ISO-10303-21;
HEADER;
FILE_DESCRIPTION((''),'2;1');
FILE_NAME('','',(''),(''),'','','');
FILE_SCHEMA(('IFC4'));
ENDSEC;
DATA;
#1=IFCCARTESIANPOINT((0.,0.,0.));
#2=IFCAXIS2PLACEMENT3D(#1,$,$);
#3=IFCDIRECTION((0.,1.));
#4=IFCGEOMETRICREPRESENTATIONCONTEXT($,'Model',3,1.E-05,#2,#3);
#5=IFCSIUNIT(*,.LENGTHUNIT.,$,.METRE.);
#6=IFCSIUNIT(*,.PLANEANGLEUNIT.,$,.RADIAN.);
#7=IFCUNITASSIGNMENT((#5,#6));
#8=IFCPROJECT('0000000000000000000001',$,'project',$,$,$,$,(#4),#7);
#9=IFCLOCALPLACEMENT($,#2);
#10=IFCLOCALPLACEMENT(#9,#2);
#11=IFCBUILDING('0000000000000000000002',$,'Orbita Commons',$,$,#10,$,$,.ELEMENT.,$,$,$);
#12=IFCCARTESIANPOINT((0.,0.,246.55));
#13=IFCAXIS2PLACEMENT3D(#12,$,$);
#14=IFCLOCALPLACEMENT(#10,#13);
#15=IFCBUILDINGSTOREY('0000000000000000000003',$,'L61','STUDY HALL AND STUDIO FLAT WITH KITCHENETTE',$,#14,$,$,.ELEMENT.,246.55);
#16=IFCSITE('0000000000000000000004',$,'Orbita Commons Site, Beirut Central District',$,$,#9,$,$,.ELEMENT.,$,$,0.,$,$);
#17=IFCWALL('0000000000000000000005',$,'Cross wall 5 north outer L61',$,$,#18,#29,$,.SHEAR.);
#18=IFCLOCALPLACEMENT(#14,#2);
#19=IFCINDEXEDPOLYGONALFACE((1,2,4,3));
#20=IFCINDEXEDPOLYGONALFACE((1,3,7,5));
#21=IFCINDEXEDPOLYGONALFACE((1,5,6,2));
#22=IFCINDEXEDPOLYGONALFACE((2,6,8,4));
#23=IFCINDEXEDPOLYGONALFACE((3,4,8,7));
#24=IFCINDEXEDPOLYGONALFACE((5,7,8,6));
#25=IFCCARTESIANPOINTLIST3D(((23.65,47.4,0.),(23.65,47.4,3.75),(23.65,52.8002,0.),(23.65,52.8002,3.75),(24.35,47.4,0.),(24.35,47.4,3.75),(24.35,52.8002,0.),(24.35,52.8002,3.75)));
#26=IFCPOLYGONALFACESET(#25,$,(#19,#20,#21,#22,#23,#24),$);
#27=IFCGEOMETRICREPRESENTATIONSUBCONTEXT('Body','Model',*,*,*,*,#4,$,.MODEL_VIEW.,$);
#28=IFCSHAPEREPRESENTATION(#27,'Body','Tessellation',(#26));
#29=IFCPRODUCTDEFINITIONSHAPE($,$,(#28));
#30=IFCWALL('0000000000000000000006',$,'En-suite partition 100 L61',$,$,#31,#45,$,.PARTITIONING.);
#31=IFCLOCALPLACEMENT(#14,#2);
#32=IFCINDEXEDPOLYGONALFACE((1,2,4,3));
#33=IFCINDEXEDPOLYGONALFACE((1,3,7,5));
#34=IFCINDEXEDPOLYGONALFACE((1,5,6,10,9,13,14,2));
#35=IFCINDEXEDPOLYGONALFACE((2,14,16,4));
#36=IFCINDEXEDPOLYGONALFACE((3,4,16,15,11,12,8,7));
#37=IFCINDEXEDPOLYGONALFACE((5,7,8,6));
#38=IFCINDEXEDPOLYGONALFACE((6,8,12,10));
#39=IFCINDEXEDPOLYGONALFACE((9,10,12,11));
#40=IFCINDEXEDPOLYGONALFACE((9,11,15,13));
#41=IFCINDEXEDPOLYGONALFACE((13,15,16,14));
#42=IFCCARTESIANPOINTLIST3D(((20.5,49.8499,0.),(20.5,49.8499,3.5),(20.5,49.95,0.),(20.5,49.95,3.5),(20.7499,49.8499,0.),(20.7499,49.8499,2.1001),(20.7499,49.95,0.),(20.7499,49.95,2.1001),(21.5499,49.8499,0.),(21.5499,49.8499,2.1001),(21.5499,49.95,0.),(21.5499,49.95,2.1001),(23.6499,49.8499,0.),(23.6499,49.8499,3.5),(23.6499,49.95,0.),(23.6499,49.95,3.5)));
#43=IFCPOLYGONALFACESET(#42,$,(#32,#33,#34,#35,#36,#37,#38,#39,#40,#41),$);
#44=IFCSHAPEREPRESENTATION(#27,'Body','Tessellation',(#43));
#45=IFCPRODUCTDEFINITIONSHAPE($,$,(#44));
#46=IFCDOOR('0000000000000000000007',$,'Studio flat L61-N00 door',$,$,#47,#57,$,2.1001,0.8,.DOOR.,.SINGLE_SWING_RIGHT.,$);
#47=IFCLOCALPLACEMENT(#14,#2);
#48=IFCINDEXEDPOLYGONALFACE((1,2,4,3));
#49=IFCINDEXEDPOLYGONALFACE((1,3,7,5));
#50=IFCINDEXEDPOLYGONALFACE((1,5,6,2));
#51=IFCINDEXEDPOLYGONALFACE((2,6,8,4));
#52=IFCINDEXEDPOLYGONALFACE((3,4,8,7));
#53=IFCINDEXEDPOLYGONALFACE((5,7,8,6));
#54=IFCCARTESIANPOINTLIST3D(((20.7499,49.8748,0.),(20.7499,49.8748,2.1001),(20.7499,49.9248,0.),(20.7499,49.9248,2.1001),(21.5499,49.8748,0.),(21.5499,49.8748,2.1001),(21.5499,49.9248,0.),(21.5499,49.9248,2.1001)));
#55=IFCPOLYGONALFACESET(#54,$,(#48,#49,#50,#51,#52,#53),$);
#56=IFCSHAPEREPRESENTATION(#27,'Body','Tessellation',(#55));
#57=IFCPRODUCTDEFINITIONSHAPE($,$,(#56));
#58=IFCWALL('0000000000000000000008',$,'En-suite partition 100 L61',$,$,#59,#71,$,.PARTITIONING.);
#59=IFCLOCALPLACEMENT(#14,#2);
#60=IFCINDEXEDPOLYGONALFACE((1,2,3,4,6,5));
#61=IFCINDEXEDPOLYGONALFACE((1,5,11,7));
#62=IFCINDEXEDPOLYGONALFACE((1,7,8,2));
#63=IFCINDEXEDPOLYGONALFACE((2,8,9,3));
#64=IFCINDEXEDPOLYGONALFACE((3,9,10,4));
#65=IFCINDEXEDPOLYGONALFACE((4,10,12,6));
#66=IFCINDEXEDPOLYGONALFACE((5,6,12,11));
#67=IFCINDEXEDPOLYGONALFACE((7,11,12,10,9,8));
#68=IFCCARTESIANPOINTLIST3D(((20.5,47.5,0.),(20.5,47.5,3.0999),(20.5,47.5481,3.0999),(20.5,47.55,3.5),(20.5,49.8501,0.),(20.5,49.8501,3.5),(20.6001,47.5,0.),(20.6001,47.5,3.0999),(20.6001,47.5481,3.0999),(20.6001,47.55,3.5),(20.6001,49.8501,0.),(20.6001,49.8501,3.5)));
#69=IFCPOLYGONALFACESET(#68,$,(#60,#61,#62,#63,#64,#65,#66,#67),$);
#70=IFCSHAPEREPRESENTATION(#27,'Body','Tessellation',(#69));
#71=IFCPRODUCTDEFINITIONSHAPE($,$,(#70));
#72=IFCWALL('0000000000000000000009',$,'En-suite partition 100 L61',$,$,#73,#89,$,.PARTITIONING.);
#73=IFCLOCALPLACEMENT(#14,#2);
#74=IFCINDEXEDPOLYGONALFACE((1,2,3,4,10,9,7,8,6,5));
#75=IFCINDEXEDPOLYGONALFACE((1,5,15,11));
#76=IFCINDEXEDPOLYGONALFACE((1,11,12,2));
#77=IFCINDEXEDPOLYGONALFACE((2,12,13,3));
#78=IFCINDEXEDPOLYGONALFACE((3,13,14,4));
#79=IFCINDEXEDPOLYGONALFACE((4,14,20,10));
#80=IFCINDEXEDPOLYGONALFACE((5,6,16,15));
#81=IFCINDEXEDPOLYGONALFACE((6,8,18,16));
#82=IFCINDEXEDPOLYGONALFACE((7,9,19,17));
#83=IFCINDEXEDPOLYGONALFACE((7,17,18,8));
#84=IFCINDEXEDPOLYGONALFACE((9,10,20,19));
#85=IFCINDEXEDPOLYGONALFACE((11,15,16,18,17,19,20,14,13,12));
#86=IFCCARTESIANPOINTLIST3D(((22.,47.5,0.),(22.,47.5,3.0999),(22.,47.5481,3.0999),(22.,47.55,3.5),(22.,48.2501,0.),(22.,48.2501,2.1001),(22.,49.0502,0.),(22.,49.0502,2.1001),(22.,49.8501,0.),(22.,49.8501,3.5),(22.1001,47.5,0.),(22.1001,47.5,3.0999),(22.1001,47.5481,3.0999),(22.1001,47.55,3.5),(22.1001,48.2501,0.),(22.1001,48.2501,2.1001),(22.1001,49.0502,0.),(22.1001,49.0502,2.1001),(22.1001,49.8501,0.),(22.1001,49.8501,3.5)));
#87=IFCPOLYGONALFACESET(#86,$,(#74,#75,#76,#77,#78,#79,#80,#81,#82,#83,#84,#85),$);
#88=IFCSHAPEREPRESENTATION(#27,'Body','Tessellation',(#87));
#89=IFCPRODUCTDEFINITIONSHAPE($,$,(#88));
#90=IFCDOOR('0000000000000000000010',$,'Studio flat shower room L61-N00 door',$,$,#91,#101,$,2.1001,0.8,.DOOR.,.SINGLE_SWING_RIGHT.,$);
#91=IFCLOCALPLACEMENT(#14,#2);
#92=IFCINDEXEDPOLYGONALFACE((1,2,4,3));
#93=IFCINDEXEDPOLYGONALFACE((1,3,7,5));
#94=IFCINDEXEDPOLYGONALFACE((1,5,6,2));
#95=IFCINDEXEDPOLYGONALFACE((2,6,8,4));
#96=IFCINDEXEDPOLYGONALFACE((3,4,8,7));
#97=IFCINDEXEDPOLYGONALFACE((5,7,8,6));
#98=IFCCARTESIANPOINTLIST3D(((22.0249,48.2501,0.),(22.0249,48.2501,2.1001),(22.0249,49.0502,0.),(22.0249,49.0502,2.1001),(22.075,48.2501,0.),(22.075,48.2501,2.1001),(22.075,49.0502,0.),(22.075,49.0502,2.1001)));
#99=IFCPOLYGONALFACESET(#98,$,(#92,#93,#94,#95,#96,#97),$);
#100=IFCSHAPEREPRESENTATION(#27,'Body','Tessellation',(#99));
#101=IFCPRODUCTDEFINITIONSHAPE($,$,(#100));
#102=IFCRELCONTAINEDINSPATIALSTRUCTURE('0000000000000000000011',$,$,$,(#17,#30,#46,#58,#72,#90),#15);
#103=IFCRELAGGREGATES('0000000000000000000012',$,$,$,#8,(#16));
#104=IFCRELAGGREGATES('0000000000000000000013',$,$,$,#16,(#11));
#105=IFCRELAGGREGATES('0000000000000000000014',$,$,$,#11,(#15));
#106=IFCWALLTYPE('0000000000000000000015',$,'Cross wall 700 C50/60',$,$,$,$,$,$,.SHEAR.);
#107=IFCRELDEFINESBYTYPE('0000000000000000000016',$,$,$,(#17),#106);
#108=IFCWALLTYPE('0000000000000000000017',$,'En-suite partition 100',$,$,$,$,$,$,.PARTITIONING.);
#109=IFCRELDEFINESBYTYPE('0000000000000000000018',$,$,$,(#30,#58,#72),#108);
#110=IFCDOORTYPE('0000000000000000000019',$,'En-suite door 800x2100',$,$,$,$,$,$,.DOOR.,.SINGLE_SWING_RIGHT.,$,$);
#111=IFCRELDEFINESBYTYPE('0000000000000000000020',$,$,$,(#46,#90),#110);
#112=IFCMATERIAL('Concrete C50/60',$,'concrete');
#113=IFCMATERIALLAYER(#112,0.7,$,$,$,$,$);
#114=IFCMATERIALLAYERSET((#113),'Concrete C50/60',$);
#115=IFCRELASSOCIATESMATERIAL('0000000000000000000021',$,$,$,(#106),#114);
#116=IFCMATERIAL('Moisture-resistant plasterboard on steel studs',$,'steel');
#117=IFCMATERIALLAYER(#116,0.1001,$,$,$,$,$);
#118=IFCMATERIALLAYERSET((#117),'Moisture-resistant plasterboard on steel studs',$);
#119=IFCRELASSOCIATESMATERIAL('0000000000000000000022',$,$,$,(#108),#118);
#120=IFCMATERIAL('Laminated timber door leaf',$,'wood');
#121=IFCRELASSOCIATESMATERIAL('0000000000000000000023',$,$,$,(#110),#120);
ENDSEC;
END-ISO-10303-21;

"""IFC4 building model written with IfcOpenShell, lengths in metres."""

from ifc_helpers import new_model, si_unit, direction, frame, frame_2d, origin, place, context, subcontext, project, spatial, polyline, rectangle, outline, extrude, material, layer, layer_set, type_object, element, fill, save


model = new_model("IFC4")

# Units and contexts
model_context = context("Model", 3, precision=1e-05, world=origin(), true_north=direction((0.0, 1.0)))
body_context = subcontext(model_context, "Body", "Model", "MODEL_VIEW")
ifc_project = project(units=[si_unit("LENGTHUNIT", "METRE"), si_unit("PLANEANGLEUNIT", "RADIAN")], contexts=[model_context])

# Site, building, storey
site_placement = place(None, origin())
site = spatial("IfcSite", under=ifc_project, at=site_placement, Name="Orbita Commons Site, Beirut Central District", CompositionType="ELEMENT", RefElevation=0.0)
building_placement = place(site_placement, origin())
building = spatial("IfcBuilding", under=site, at=building_placement, Name="Orbita Commons", CompositionType="ELEMENT")
storey_placement = place(building_placement, frame((0.0, 0.0, 246.55)))
storey = spatial("IfcBuildingStorey", under=building, at=storey_placement, Name="L61", Description="STUDY HALL AND STUDIO FLAT WITH KITCHENETTE", CompositionType="ELEMENT", Elevation=246.55)

# Wall
ifc_material_1 = material(Name="Concrete C50/60", Category="concrete")
ifc_layer_1 = layer(ifc_material_1, 0.7)
ifc_layer_set_1 = layer_set([ifc_layer_1], Name="Concrete C50/60")
wall_type_1 = type_object("IfcWallType", Name="Cross wall 700 C50/60", PredefinedType="SHEAR", material=ifc_layer_set_1)
wall_1_placement = place(storey_placement, frame((24.0, 47.3999, 0.0), z_axis=(0.0, 0.0, 1.0), x_axis=(0.0, 1.0, 0.0)))
element("IfcWall", 1, at=wall_1_placement, inside=storey, type_object=wall_type_1, Name="Cross wall 5 north outer L61", PredefinedType="SHEAR", context=body_context, shape_type="SweptSolid", body=[
    extrude(rectangle(XDim=5.4001, YDim=0.7, at=frame_2d((2.7002, 0.0))), origin(), (0.0, 0.0, 1.0), 3.75),
])

# Wall, opening, door
ifc_material_2 = material(Name="Moisture-resistant plasterboard on steel studs", Category="steel")
ifc_layer_2 = layer(ifc_material_2, 0.1001)
ifc_layer_set_2 = layer_set([ifc_layer_2], Name="Moisture-resistant plasterboard on steel studs")
wall_type_2 = type_object("IfcWallType", Name="En-suite partition 100", PredefinedType="PARTITIONING", material=ifc_layer_set_2)
wall_2_placement = place(storey_placement, frame((20.5, 49.8999, 0.0), z_axis=(0.0, 0.0, 1.0), x_axis=(1.0, 0.0, 0.0)))
wall_2 = element("IfcWall", 2, at=wall_2_placement, inside=storey, type_object=wall_type_2, Name="En-suite partition 100 L61", PredefinedType="PARTITIONING", context=body_context, shape_type="SweptSolid", body=[
    extrude(rectangle(XDim=3.1499, YDim=0.1001, at=frame_2d((1.575, 0.0))), origin(), (0.0, 0.0, 1.0), 3.5),
])
opening_1_placement = place(wall_2_placement, frame((0.25, 0.0, 0.0)))
opening_1 = element("IfcOpeningElement", 3, at=opening_1_placement, cuts=wall_2, PredefinedType="OPENING", context=body_context, shape_type="SweptSolid", body=[
    extrude(rectangle(XDim=0.8, YDim=2.1001, at=frame_2d((0.3999, 1.05))), frame((0.0, 0.0601, 0.0), z_axis=(0.0, -1.0, 0.0), x_axis=(1.0, 0.0, 0.0)), (0.0, 0.0, 1.0), 0.1201),
])
ifc_material_3 = material(Name="Laminated timber door leaf", Category="wood")
door_type_1 = type_object("IfcDoorType", Name="En-suite door 800x2100", OperationType="SINGLE_SWING_RIGHT", PredefinedType="DOOR", material=ifc_material_3)
door_1_placement = place(opening_1_placement, origin())
door_1 = element("IfcDoor", 4, at=door_1_placement, inside=storey, type_object=door_type_1, Name="Studio flat L61-N00 door", OperationType="SINGLE_SWING_RIGHT", OverallHeight=2.1001, OverallWidth=0.8, PredefinedType="DOOR", context=body_context, shape_type="SweptSolid", body=[
    extrude(rectangle(XDim=0.8, YDim=2.1001, at=frame_2d((0.3999, 1.05))), frame((0.0, 0.0249, 0.0), z_axis=(0.0, -1.0, 0.0), x_axis=(1.0, 0.0, 0.0)), (0.0, 0.0, 1.0), 0.05),
])
fill(opening_1, door_1)

# Wall
wall_3_placement = place(storey_placement, frame((20.55, 49.8501, 0.0), z_axis=(0.0, 0.0, 1.0), x_axis=(0.0, -1.0, 0.0)))
element("IfcWall", 5, at=wall_3_placement, inside=storey, type_object=wall_type_2, Name="En-suite partition 100 L61", PredefinedType="PARTITIONING", context=body_context, shape_type="SweptSolid", body=[
    extrude(outline(polyline([(0.0, 0.0), (2.3501, 0.0), (2.3501, 3.0999), (2.302, 3.0999), (2.3, 3.5), (0.0, 3.5), (0.0, 0.0)])), frame((0.0, 0.05, 0.0), z_axis=(0.0, -1.0, 0.0), x_axis=(1.0, 0.0, 0.0)), (0.0, 0.0, 1.0), 0.1001),
])

# Wall, opening, door
wall_4_placement = place(storey_placement, frame((22.05, 49.8501, 0.0), z_axis=(0.0, 0.0, 1.0), x_axis=(0.0, -1.0, 0.0)))
wall_4 = element("IfcWall", 6, at=wall_4_placement, inside=storey, type_object=wall_type_2, Name="En-suite partition 100 L61", PredefinedType="PARTITIONING", context=body_context, shape_type="SweptSolid", body=[
    extrude(outline(polyline([(0.0, 0.0), (2.3501, 0.0), (2.3501, 3.0999), (2.302, 3.0999), (2.3, 3.5), (0.0, 3.5), (0.0, 0.0)])), frame((0.0, 0.05, 0.0), z_axis=(0.0, -1.0, 0.0), x_axis=(1.0, 0.0, 0.0)), (0.0, 0.0, 1.0), 0.1001),
])
opening_2_placement = place(wall_4_placement, frame((0.8, 0.0, 0.0)))
opening_2 = element("IfcOpeningElement", 7, at=opening_2_placement, cuts=wall_4, PredefinedType="OPENING", context=body_context, shape_type="SweptSolid", body=[
    extrude(rectangle(XDim=0.8, YDim=2.1001, at=frame_2d((0.3999, 1.05))), frame((0.0, 0.0601, 0.0), z_axis=(0.0, -1.0, 0.0), x_axis=(1.0, 0.0, 0.0)), (0.0, 0.0, 1.0), 0.1201),
])
door_2_placement = place(opening_2_placement, origin())
door_2 = element("IfcDoor", 8, at=door_2_placement, inside=storey, type_object=door_type_1, Name="Studio flat shower room L61-N00 door", OperationType="SINGLE_SWING_RIGHT", OverallHeight=2.1001, OverallWidth=0.8, PredefinedType="DOOR", context=body_context, shape_type="SweptSolid", body=[
    extrude(rectangle(XDim=0.8, YDim=2.1001, at=frame_2d((0.3999, 1.05))), frame((0.0, 0.0249, 0.0), z_axis=(0.0, -1.0, 0.0), x_axis=(1.0, 0.0, 0.0)), (0.0, 0.0, 1.0), 0.05),
])
fill(opening_2, door_2)

save(model, "model.ifc")
